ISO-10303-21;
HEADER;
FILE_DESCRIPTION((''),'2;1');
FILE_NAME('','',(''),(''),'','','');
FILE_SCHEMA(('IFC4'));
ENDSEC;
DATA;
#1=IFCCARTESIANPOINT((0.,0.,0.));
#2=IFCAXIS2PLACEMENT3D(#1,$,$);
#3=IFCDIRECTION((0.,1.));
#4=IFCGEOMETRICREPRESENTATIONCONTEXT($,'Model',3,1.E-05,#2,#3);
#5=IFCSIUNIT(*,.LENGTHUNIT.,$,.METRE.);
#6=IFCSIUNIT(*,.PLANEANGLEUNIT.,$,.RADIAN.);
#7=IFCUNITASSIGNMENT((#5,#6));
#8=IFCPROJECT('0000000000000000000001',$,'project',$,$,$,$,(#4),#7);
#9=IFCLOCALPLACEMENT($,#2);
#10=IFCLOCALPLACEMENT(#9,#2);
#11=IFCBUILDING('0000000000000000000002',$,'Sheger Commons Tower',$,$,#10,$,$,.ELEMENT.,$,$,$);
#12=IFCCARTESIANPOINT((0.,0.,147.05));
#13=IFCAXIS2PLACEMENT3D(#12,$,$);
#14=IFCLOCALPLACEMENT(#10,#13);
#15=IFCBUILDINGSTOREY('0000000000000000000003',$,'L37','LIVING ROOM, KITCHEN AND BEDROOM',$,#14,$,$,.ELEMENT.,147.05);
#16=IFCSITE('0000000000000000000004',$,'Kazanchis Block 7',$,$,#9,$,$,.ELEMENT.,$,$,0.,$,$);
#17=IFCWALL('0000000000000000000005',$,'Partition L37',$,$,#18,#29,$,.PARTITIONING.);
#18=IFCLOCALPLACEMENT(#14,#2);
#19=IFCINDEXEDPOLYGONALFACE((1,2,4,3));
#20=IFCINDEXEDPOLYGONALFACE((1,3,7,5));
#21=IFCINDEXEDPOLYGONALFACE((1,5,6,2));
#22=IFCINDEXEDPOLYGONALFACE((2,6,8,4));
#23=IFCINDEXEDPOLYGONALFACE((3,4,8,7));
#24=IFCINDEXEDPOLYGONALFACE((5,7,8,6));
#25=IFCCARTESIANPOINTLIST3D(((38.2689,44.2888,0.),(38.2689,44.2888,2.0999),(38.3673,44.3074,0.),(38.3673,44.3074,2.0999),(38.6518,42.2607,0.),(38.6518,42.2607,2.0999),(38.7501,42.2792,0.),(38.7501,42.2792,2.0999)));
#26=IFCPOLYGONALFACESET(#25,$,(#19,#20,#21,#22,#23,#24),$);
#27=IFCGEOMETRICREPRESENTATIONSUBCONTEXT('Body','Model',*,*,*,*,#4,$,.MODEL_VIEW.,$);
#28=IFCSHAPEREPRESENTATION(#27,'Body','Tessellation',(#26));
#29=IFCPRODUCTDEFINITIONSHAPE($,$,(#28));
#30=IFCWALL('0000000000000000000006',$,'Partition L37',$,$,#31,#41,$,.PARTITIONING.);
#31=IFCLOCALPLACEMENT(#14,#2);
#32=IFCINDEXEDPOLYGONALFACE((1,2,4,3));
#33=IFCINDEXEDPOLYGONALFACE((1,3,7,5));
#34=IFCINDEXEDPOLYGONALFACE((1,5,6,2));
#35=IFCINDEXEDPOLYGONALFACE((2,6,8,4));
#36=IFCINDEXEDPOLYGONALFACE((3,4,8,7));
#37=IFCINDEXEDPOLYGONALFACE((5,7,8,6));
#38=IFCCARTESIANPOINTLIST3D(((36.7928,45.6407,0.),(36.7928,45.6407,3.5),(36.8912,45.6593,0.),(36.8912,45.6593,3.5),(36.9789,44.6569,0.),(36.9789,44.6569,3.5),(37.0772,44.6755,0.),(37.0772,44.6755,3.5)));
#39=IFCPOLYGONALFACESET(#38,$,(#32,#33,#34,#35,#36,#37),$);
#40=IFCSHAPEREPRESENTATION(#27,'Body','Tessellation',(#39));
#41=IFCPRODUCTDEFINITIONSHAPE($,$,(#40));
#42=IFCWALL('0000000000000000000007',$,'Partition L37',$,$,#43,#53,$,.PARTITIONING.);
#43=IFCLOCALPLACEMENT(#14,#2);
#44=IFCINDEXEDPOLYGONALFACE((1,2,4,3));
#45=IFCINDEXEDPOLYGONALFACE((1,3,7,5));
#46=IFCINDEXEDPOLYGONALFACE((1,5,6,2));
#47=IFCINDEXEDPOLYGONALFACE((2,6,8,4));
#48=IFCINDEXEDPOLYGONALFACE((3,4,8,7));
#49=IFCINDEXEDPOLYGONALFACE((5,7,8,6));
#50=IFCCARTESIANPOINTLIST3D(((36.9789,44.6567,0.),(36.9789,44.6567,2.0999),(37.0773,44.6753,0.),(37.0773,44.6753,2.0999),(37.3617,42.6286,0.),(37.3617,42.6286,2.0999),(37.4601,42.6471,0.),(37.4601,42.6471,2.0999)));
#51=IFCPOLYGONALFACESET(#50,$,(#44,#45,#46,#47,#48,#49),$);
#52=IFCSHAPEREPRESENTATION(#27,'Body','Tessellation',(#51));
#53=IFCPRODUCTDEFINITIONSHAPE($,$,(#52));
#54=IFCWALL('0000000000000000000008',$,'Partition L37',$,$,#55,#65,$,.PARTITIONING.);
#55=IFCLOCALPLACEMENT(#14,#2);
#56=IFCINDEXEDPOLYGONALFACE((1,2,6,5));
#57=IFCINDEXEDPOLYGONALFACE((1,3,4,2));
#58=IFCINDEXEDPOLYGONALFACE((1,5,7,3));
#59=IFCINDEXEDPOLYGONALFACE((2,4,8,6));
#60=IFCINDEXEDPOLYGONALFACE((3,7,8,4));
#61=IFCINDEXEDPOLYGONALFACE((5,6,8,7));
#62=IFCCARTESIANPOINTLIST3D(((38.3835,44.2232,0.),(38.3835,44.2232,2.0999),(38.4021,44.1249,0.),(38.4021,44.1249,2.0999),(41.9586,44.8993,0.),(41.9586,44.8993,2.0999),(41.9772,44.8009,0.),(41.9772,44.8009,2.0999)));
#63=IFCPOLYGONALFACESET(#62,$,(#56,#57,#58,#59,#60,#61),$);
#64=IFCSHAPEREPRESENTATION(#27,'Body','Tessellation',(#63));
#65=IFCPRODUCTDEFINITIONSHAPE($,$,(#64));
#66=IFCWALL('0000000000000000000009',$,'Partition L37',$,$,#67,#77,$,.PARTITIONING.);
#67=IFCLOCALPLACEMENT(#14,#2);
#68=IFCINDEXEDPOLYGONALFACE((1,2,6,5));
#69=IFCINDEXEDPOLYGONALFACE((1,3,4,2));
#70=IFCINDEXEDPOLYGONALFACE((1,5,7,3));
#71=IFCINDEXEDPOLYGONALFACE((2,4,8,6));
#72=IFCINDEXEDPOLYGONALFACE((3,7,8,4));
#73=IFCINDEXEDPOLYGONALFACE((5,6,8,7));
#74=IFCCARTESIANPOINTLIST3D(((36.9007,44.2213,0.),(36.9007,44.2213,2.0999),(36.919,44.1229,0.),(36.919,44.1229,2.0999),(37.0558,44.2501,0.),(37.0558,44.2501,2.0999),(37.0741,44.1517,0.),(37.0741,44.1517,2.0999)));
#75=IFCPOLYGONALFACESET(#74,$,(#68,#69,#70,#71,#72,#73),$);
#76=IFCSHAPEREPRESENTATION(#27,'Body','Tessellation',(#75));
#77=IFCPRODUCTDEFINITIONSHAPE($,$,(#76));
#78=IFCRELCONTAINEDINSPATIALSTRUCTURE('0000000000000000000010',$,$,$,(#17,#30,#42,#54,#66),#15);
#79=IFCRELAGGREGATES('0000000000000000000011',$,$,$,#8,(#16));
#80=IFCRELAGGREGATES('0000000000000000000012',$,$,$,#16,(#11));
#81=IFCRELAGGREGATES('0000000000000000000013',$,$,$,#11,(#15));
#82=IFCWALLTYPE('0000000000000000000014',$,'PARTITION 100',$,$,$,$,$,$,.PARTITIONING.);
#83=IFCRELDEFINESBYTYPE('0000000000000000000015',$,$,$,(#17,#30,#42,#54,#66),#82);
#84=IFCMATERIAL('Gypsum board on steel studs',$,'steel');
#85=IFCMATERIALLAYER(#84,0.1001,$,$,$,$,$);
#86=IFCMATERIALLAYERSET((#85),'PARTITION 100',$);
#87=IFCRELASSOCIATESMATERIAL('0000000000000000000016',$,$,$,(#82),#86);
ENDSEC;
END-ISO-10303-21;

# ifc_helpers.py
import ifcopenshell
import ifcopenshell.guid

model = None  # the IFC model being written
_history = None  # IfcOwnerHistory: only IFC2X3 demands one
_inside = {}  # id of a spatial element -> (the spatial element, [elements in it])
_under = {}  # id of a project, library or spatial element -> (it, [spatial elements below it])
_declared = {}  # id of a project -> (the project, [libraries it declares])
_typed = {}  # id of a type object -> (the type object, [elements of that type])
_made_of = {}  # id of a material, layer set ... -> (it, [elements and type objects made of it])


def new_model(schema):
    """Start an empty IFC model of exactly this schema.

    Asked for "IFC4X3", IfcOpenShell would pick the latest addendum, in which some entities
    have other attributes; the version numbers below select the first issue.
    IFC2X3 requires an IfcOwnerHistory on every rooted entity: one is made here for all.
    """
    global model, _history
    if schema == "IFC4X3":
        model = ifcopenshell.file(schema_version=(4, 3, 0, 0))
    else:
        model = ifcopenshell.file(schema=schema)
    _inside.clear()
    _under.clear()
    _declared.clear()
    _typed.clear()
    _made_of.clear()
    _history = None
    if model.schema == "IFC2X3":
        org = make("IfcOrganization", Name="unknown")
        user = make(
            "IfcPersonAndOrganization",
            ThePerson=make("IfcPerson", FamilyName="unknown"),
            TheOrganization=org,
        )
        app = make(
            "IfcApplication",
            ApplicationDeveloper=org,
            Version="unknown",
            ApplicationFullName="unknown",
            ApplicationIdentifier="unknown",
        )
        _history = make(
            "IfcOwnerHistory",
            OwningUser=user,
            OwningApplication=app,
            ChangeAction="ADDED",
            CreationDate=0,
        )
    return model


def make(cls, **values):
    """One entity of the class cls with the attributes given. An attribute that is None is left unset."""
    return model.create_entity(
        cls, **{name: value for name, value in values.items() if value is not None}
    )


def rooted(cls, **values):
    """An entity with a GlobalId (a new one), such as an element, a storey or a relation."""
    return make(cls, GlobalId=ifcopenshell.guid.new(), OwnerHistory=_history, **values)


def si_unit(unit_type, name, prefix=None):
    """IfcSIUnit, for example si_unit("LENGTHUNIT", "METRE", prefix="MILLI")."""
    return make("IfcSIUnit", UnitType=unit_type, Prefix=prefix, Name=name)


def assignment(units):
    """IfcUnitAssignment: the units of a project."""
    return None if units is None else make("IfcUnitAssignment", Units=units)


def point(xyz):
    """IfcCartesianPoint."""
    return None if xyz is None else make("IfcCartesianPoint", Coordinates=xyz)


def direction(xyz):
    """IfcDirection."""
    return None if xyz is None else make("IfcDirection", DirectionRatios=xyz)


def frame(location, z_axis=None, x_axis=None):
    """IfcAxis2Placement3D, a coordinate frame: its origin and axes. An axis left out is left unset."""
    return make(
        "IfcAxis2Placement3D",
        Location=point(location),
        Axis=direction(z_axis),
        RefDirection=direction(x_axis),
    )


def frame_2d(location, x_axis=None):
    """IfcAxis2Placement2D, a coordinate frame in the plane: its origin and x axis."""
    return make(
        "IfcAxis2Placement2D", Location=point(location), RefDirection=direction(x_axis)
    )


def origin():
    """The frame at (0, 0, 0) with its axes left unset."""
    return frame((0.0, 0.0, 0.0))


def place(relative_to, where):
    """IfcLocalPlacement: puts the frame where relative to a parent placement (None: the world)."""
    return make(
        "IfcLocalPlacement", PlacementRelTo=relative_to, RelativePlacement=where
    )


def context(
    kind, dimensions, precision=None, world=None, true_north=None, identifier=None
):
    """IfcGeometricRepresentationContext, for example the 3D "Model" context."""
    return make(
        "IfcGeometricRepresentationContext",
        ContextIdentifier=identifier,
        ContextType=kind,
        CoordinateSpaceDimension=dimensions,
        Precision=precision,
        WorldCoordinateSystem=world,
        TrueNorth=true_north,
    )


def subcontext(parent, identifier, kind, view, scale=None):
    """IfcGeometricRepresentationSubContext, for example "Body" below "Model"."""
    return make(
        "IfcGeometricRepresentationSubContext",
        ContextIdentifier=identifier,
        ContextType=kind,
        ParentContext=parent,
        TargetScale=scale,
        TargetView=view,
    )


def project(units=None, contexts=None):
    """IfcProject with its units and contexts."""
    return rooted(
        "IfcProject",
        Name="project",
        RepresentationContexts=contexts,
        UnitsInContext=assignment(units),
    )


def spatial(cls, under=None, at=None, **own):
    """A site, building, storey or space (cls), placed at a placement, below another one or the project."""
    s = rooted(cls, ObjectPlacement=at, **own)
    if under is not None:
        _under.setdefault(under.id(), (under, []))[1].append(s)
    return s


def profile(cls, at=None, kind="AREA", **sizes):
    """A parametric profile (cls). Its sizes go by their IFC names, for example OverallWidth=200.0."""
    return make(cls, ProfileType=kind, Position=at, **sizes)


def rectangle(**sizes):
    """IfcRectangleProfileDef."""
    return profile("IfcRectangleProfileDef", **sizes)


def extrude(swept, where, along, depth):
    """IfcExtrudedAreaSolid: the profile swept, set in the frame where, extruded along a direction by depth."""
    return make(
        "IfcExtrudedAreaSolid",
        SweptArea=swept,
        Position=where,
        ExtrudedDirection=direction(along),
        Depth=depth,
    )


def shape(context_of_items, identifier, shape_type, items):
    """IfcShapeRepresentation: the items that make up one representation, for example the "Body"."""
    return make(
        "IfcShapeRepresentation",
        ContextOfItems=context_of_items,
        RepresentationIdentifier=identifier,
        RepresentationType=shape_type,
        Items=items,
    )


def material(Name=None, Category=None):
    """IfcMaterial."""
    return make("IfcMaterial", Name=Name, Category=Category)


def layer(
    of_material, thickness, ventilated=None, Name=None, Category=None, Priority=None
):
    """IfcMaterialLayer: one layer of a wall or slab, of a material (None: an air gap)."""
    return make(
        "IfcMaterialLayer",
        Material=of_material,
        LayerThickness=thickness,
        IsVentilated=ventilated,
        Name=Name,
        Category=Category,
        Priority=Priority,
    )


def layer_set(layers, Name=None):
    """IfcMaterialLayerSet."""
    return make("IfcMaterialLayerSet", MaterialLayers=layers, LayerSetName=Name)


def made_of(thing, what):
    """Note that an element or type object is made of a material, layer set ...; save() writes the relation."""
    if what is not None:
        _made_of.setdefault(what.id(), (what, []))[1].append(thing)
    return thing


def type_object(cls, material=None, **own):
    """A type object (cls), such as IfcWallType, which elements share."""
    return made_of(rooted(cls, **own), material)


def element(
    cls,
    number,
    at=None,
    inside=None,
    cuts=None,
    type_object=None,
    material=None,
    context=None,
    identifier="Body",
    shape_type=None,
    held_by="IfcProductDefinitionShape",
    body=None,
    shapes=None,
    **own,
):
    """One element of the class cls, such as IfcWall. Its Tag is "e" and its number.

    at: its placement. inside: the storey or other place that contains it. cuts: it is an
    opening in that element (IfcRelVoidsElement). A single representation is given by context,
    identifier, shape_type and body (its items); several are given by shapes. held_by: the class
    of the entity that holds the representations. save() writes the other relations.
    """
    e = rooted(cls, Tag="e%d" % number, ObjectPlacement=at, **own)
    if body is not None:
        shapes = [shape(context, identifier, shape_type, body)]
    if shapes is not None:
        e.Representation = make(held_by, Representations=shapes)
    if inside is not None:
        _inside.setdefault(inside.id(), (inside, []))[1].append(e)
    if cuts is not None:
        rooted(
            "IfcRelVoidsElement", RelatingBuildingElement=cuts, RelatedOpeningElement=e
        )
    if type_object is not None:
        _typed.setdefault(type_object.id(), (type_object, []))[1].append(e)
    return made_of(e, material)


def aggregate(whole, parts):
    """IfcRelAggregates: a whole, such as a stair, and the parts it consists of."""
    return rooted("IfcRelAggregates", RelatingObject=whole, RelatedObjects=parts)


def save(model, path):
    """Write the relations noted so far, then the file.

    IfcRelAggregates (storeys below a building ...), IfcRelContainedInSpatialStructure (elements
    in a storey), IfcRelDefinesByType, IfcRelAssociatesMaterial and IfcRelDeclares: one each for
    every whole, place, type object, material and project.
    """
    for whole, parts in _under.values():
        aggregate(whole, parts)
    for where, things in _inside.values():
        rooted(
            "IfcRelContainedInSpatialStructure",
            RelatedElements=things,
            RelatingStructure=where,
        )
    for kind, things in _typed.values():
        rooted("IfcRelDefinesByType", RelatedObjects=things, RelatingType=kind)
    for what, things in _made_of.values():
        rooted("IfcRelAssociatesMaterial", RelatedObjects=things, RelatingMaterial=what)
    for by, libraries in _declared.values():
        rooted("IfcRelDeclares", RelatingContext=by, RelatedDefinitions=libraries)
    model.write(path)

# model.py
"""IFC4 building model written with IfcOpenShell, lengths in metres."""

from ifc_helpers import new_model, si_unit, direction, frame, frame_2d, origin, place, context, subcontext, project, spatial, rectangle, extrude, material, layer, layer_set, type_object, element, save


model = new_model("IFC4")

# Units and contexts
model_context = context("Model", 3, precision=1e-05, world=origin(), true_north=direction((0.0, 1.0)))
body_context = subcontext(model_context, "Body", "Model", "MODEL_VIEW")
ifc_project = project(units=[si_unit("LENGTHUNIT", "METRE"), si_unit("PLANEANGLEUNIT", "RADIAN")], contexts=[model_context])

# Site, building, storey
site_placement = place(None, origin())
site = spatial("IfcSite", under=ifc_project, at=site_placement, Name="Kazanchis Block 7", CompositionType="ELEMENT", RefElevation=0.0)
building_placement = place(site_placement, origin())
building = spatial("IfcBuilding", under=site, at=building_placement, Name="Sheger Commons Tower", CompositionType="ELEMENT")
storey_placement = place(building_placement, frame((0.0, 0.0, 147.05)))
storey = spatial("IfcBuildingStorey", under=building, at=storey_placement, Name="L37", Description="LIVING ROOM, KITCHEN AND BEDROOM", CompositionType="ELEMENT", Elevation=147.05)

# Walls
ifc_material_1 = material(Name="Gypsum board on steel studs", Category="steel")
ifc_layer_1 = layer(ifc_material_1, 0.1001)
ifc_layer_set_1 = layer_set([ifc_layer_1], Name="PARTITION 100")
wall_type_1 = type_object("IfcWallType", Name="PARTITION 100", PredefinedType="PARTITIONING", material=ifc_layer_set_1)
wall_1_placement = place(storey_placement, frame((38.3181, 44.2981, 0.0), z_axis=(0.0, 0.0, 1.0), x_axis=(0.185481, -0.982648, 0.0)))
element("IfcWall", 1, at=wall_1_placement, inside=storey, type_object=wall_type_1, Name="Partition L37", PredefinedType="PARTITIONING", context=body_context, shape_type="SweptSolid", body=[
    extrude(rectangle(XDim=2.064, YDim=0.1001, at=frame_2d((1.032, 0.0))), origin(), (0.0, 0.0, 1.0), 2.0999),
])
wall_2_placement = place(storey_placement, frame((36.842, 45.6499, 0.0), z_axis=(0.0, 0.0, 1.0), x_axis=(0.18579, -0.982589, 0.0)))
element("IfcWall", 2, at=wall_2_placement, inside=storey, type_object=wall_type_1, Name="Partition L37", PredefinedType="PARTITIONING", context=body_context, shape_type="SweptSolid", body=[
    extrude(rectangle(XDim=1.0012, YDim=0.1001, at=frame_2d((0.5005, 0.0))), origin(), (0.0, 0.0, 1.0), 3.5),
])
wall_3_placement = place(storey_placement, frame((37.0281, 44.666, 0.0), z_axis=(0.0, 0.0, 1.0), x_axis=(0.185481, -0.982648, 0.0)))
element("IfcWall", 3, at=wall_3_placement, inside=storey, type_object=wall_type_1, Name="Partition L37", PredefinedType="PARTITIONING", context=body_context, shape_type="SweptSolid", body=[
    extrude(rectangle(XDim=2.064, YDim=0.1001, at=frame_2d((1.032, 0.0))), origin(), (0.0, 0.0, 1.0), 2.0999),
])
wall_4_placement = place(storey_placement, frame((41.968, 44.8501, 0.0), z_axis=(0.0, 0.0, 1.0), x_axis=(-0.982586, -0.185808, 0.0)))
element("IfcWall", 4, at=wall_4_placement, inside=storey, type_object=wall_type_1, Name="Partition L37", PredefinedType="PARTITIONING", context=body_context, shape_type="SweptSolid", body=[
    extrude(rectangle(XDim=3.6384, YDim=0.1001, at=frame_2d((1.8193, 0.0))), origin(), (0.0, 0.0, 1.0), 2.0999),
])
wall_5_placement = place(storey_placement, frame((37.0649, 44.2009, 0.0), z_axis=(0.0, 0.0, 1.0), x_axis=(-0.983169, -0.182699, 0.0)))
element("IfcWall", 5, at=wall_5_placement, inside=storey, type_object=wall_type_1, Name="Partition L37", PredefinedType="PARTITIONING", context=body_context, shape_type="SweptSolid", body=[
    extrude(rectangle(XDim=0.1577, YDim=0.1001, at=frame_2d((0.0789, 0.0))), origin(), (0.0, 0.0, 1.0), 2.0999),
])

save(model, "model.ifc")
